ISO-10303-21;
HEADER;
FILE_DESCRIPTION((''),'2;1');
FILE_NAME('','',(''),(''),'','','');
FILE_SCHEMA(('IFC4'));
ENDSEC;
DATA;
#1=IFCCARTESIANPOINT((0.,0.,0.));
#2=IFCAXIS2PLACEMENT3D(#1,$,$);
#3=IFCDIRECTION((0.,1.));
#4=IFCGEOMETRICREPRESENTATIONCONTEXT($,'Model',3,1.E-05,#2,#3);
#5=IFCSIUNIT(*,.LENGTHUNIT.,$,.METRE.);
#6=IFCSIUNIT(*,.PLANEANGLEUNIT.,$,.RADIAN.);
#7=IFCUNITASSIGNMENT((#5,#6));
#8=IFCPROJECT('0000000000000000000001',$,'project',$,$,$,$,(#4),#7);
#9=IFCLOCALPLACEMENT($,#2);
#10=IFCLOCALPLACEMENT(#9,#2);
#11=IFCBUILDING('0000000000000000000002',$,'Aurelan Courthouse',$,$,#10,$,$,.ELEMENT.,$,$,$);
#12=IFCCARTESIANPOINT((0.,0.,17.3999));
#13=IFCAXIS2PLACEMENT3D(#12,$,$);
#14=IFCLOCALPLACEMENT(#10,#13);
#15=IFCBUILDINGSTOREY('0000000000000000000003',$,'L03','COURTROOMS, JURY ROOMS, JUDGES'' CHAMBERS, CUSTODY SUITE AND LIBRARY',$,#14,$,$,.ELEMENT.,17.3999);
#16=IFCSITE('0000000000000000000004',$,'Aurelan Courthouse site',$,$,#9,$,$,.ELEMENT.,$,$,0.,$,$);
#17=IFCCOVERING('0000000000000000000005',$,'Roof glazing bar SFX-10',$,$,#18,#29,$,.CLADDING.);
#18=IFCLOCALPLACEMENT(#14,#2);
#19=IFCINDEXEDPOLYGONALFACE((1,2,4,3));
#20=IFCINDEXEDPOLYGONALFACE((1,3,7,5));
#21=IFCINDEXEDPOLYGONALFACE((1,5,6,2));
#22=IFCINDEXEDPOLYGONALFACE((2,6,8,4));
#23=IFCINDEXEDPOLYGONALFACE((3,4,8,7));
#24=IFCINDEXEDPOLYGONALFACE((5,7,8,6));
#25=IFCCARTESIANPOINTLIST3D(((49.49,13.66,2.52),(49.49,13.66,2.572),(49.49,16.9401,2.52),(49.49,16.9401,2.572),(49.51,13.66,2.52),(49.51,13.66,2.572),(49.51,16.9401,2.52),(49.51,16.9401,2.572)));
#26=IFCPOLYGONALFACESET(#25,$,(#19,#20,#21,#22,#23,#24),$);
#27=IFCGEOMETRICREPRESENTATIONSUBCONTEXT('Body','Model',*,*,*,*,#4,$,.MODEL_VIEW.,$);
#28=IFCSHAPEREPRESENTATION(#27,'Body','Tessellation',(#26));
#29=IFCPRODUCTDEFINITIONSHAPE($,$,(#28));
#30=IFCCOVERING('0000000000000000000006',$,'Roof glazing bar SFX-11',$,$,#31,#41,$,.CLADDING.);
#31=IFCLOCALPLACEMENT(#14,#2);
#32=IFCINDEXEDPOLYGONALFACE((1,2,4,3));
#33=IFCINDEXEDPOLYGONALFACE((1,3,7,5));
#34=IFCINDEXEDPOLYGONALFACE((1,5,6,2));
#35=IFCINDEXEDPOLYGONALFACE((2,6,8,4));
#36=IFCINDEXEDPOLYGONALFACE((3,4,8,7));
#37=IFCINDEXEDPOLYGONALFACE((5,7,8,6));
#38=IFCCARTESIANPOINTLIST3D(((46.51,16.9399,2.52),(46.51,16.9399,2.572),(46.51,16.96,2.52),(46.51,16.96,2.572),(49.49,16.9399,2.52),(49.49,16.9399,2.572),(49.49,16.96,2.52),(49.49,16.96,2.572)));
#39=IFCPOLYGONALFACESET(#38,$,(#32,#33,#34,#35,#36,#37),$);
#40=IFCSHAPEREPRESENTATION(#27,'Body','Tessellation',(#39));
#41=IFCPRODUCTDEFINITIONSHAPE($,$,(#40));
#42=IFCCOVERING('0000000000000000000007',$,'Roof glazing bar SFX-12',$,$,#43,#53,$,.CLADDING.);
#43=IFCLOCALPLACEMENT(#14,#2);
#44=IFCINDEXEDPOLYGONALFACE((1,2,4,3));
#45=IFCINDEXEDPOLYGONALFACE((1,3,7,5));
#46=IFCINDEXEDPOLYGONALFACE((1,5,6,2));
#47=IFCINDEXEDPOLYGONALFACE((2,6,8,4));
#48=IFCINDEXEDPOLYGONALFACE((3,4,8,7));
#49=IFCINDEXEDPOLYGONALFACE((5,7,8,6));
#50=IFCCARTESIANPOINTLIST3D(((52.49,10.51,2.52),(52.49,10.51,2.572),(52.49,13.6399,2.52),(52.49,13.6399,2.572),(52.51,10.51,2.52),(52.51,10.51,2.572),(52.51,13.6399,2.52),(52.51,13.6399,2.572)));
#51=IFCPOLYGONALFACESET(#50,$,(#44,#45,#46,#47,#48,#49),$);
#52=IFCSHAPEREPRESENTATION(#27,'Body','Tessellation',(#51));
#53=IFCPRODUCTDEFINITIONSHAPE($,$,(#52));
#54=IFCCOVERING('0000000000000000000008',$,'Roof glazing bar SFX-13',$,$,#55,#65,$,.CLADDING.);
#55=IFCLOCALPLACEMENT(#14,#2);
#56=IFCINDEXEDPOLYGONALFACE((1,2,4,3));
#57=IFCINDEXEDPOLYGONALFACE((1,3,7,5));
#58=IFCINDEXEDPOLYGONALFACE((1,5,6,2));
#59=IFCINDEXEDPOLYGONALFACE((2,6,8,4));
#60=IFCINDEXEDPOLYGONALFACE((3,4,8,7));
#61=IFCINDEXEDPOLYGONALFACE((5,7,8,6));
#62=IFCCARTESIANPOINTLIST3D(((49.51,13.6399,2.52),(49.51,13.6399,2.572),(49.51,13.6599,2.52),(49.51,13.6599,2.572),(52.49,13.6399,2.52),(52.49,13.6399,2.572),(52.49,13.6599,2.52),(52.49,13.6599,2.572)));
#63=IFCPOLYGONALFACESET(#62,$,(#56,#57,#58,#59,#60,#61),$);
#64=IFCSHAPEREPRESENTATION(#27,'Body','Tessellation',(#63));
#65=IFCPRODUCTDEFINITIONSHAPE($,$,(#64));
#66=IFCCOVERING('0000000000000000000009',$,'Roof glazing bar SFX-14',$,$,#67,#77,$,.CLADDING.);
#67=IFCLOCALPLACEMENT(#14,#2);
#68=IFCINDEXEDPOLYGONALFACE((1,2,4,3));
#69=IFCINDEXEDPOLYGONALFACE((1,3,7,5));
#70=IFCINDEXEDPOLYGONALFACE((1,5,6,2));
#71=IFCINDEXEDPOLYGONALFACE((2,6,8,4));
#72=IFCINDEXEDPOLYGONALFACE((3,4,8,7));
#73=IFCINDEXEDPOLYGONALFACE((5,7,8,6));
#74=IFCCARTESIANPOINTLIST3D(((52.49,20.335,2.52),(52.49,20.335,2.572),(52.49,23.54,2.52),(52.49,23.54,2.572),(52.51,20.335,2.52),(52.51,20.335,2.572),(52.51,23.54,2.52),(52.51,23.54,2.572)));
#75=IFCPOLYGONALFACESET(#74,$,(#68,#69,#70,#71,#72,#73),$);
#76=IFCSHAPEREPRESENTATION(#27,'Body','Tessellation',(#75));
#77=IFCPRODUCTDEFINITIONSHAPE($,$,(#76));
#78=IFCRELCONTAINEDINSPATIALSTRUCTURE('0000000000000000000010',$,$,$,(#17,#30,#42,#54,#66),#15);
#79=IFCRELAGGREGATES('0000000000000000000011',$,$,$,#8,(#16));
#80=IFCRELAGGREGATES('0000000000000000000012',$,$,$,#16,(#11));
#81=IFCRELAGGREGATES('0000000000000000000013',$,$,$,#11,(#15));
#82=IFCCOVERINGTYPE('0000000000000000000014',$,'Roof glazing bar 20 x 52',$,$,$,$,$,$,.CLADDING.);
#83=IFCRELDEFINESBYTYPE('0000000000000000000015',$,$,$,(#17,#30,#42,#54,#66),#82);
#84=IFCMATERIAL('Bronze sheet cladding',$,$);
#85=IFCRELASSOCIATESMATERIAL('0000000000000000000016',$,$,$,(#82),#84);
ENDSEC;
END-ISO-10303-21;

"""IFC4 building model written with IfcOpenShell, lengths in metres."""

from ifc_helpers import new_model, si_unit, direction, frame, origin, origin_2d, place, context, subcontext, project, spatial, rectangle, extrude, material, type_object, element, save


model = new_model("IFC4")

# Units and contexts
model_context = context("Model", 3, precision=1e-05, world=origin(), true_north=direction((0.0, 1.0)))
body_context = subcontext(model_context, "Body", "Model", "MODEL_VIEW")
ifc_project = project(units=[si_unit("LENGTHUNIT", "METRE"), si_unit("PLANEANGLEUNIT", "RADIAN")], contexts=[model_context])

# Site, building, storey
site_placement = place(None, origin())
site = spatial("IfcSite", under=ifc_project, at=site_placement, Name="Aurelan Courthouse site", CompositionType="ELEMENT", RefElevation=0.0)
building_placement = place(site_placement, origin())
building = spatial("IfcBuilding", under=site, at=building_placement, Name="Aurelan Courthouse", CompositionType="ELEMENT")
storey_placement = place(building_placement, frame((0.0, 0.0, 17.3999)))
storey = spatial("IfcBuildingStorey", under=building, at=storey_placement, Name="L03", Description="COURTROOMS, JURY ROOMS, JUDGES' CHAMBERS, CUSTODY SUITE AND LIBRARY", CompositionType="ELEMENT", Elevation=17.3999)

# Coverings
ifc_material_1 = material(Name="Bronze sheet cladding")
covering_type_1 = type_object("IfcCoveringType", Name="Roof glazing bar 20 x 52", PredefinedType="CLADDING", material=ifc_material_1)
covering_1_placement = place(storey_placement, frame((49.5, 15.3, 2.52), z_axis=(0.0, 0.0, 1.0), x_axis=(1.0, 0.0, 0.0)))
element("IfcCovering", 1, at=covering_1_placement, inside=storey, type_object=covering_type_1, Name="Roof glazing bar SFX-10", PredefinedType="CLADDING", context=body_context, shape_type="SweptSolid", body=[
    extrude(rectangle(XDim=0.02, YDim=3.28, at=origin_2d()), origin(), (0.0, 0.0, 1.0), 0.052),
])
covering_2_placement = place(storey_placement, frame((48.0, 16.95, 2.52), z_axis=(0.0, 0.0, 1.0), x_axis=(1.0, 0.0, 0.0)))
element("IfcCovering", 2, at=covering_2_placement, inside=storey, type_object=covering_type_1, Name="Roof glazing bar SFX-11", PredefinedType="CLADDING", context=body_context, shape_type="SweptSolid", body=[
    extrude(rectangle(XDim=2.98, YDim=0.02, at=origin_2d()), origin(), (0.0, 0.0, 1.0), 0.052),
])
covering_3_placement = place(storey_placement, frame((52.5, 12.075, 2.52), z_axis=(0.0, 0.0, 1.0), x_axis=(1.0, 0.0, 0.0)))
element("IfcCovering", 3, at=covering_3_placement, inside=storey, type_object=covering_type_1, Name="Roof glazing bar SFX-12", PredefinedType="CLADDING", context=body_context, shape_type="SweptSolid", body=[
    extrude(rectangle(XDim=0.02, YDim=3.1299, at=origin_2d()), origin(), (0.0, 0.0, 1.0), 0.052),
])
covering_4_placement = place(storey_placement, frame((51.0, 13.6499, 2.52), z_axis=(0.0, 0.0, 1.0), x_axis=(1.0, 0.0, 0.0)))
element("IfcCovering", 4, at=covering_4_placement, inside=storey, type_object=covering_type_1, Name="Roof glazing bar SFX-13", PredefinedType="CLADDING", context=body_context, shape_type="SweptSolid", body=[
    extrude(rectangle(XDim=2.98, YDim=0.02, at=origin_2d()), origin(), (0.0, 0.0, 1.0), 0.052),
])
covering_5_placement = place(storey_placement, frame((52.5, 21.9375, 2.52), z_axis=(0.0, 0.0, 1.0), x_axis=(1.0, 0.0, 0.0)))
element("IfcCovering", 5, at=covering_5_placement, inside=storey, type_object=covering_type_1, Name="Roof glazing bar SFX-14", PredefinedType="CLADDING", context=body_context, shape_type="SweptSolid", body=[
    extrude(rectangle(XDim=0.02, YDim=3.2051, at=origin_2d()), origin(), (0.0, 0.0, 1.0), 0.052),
])

save(model, "model.ifc")
